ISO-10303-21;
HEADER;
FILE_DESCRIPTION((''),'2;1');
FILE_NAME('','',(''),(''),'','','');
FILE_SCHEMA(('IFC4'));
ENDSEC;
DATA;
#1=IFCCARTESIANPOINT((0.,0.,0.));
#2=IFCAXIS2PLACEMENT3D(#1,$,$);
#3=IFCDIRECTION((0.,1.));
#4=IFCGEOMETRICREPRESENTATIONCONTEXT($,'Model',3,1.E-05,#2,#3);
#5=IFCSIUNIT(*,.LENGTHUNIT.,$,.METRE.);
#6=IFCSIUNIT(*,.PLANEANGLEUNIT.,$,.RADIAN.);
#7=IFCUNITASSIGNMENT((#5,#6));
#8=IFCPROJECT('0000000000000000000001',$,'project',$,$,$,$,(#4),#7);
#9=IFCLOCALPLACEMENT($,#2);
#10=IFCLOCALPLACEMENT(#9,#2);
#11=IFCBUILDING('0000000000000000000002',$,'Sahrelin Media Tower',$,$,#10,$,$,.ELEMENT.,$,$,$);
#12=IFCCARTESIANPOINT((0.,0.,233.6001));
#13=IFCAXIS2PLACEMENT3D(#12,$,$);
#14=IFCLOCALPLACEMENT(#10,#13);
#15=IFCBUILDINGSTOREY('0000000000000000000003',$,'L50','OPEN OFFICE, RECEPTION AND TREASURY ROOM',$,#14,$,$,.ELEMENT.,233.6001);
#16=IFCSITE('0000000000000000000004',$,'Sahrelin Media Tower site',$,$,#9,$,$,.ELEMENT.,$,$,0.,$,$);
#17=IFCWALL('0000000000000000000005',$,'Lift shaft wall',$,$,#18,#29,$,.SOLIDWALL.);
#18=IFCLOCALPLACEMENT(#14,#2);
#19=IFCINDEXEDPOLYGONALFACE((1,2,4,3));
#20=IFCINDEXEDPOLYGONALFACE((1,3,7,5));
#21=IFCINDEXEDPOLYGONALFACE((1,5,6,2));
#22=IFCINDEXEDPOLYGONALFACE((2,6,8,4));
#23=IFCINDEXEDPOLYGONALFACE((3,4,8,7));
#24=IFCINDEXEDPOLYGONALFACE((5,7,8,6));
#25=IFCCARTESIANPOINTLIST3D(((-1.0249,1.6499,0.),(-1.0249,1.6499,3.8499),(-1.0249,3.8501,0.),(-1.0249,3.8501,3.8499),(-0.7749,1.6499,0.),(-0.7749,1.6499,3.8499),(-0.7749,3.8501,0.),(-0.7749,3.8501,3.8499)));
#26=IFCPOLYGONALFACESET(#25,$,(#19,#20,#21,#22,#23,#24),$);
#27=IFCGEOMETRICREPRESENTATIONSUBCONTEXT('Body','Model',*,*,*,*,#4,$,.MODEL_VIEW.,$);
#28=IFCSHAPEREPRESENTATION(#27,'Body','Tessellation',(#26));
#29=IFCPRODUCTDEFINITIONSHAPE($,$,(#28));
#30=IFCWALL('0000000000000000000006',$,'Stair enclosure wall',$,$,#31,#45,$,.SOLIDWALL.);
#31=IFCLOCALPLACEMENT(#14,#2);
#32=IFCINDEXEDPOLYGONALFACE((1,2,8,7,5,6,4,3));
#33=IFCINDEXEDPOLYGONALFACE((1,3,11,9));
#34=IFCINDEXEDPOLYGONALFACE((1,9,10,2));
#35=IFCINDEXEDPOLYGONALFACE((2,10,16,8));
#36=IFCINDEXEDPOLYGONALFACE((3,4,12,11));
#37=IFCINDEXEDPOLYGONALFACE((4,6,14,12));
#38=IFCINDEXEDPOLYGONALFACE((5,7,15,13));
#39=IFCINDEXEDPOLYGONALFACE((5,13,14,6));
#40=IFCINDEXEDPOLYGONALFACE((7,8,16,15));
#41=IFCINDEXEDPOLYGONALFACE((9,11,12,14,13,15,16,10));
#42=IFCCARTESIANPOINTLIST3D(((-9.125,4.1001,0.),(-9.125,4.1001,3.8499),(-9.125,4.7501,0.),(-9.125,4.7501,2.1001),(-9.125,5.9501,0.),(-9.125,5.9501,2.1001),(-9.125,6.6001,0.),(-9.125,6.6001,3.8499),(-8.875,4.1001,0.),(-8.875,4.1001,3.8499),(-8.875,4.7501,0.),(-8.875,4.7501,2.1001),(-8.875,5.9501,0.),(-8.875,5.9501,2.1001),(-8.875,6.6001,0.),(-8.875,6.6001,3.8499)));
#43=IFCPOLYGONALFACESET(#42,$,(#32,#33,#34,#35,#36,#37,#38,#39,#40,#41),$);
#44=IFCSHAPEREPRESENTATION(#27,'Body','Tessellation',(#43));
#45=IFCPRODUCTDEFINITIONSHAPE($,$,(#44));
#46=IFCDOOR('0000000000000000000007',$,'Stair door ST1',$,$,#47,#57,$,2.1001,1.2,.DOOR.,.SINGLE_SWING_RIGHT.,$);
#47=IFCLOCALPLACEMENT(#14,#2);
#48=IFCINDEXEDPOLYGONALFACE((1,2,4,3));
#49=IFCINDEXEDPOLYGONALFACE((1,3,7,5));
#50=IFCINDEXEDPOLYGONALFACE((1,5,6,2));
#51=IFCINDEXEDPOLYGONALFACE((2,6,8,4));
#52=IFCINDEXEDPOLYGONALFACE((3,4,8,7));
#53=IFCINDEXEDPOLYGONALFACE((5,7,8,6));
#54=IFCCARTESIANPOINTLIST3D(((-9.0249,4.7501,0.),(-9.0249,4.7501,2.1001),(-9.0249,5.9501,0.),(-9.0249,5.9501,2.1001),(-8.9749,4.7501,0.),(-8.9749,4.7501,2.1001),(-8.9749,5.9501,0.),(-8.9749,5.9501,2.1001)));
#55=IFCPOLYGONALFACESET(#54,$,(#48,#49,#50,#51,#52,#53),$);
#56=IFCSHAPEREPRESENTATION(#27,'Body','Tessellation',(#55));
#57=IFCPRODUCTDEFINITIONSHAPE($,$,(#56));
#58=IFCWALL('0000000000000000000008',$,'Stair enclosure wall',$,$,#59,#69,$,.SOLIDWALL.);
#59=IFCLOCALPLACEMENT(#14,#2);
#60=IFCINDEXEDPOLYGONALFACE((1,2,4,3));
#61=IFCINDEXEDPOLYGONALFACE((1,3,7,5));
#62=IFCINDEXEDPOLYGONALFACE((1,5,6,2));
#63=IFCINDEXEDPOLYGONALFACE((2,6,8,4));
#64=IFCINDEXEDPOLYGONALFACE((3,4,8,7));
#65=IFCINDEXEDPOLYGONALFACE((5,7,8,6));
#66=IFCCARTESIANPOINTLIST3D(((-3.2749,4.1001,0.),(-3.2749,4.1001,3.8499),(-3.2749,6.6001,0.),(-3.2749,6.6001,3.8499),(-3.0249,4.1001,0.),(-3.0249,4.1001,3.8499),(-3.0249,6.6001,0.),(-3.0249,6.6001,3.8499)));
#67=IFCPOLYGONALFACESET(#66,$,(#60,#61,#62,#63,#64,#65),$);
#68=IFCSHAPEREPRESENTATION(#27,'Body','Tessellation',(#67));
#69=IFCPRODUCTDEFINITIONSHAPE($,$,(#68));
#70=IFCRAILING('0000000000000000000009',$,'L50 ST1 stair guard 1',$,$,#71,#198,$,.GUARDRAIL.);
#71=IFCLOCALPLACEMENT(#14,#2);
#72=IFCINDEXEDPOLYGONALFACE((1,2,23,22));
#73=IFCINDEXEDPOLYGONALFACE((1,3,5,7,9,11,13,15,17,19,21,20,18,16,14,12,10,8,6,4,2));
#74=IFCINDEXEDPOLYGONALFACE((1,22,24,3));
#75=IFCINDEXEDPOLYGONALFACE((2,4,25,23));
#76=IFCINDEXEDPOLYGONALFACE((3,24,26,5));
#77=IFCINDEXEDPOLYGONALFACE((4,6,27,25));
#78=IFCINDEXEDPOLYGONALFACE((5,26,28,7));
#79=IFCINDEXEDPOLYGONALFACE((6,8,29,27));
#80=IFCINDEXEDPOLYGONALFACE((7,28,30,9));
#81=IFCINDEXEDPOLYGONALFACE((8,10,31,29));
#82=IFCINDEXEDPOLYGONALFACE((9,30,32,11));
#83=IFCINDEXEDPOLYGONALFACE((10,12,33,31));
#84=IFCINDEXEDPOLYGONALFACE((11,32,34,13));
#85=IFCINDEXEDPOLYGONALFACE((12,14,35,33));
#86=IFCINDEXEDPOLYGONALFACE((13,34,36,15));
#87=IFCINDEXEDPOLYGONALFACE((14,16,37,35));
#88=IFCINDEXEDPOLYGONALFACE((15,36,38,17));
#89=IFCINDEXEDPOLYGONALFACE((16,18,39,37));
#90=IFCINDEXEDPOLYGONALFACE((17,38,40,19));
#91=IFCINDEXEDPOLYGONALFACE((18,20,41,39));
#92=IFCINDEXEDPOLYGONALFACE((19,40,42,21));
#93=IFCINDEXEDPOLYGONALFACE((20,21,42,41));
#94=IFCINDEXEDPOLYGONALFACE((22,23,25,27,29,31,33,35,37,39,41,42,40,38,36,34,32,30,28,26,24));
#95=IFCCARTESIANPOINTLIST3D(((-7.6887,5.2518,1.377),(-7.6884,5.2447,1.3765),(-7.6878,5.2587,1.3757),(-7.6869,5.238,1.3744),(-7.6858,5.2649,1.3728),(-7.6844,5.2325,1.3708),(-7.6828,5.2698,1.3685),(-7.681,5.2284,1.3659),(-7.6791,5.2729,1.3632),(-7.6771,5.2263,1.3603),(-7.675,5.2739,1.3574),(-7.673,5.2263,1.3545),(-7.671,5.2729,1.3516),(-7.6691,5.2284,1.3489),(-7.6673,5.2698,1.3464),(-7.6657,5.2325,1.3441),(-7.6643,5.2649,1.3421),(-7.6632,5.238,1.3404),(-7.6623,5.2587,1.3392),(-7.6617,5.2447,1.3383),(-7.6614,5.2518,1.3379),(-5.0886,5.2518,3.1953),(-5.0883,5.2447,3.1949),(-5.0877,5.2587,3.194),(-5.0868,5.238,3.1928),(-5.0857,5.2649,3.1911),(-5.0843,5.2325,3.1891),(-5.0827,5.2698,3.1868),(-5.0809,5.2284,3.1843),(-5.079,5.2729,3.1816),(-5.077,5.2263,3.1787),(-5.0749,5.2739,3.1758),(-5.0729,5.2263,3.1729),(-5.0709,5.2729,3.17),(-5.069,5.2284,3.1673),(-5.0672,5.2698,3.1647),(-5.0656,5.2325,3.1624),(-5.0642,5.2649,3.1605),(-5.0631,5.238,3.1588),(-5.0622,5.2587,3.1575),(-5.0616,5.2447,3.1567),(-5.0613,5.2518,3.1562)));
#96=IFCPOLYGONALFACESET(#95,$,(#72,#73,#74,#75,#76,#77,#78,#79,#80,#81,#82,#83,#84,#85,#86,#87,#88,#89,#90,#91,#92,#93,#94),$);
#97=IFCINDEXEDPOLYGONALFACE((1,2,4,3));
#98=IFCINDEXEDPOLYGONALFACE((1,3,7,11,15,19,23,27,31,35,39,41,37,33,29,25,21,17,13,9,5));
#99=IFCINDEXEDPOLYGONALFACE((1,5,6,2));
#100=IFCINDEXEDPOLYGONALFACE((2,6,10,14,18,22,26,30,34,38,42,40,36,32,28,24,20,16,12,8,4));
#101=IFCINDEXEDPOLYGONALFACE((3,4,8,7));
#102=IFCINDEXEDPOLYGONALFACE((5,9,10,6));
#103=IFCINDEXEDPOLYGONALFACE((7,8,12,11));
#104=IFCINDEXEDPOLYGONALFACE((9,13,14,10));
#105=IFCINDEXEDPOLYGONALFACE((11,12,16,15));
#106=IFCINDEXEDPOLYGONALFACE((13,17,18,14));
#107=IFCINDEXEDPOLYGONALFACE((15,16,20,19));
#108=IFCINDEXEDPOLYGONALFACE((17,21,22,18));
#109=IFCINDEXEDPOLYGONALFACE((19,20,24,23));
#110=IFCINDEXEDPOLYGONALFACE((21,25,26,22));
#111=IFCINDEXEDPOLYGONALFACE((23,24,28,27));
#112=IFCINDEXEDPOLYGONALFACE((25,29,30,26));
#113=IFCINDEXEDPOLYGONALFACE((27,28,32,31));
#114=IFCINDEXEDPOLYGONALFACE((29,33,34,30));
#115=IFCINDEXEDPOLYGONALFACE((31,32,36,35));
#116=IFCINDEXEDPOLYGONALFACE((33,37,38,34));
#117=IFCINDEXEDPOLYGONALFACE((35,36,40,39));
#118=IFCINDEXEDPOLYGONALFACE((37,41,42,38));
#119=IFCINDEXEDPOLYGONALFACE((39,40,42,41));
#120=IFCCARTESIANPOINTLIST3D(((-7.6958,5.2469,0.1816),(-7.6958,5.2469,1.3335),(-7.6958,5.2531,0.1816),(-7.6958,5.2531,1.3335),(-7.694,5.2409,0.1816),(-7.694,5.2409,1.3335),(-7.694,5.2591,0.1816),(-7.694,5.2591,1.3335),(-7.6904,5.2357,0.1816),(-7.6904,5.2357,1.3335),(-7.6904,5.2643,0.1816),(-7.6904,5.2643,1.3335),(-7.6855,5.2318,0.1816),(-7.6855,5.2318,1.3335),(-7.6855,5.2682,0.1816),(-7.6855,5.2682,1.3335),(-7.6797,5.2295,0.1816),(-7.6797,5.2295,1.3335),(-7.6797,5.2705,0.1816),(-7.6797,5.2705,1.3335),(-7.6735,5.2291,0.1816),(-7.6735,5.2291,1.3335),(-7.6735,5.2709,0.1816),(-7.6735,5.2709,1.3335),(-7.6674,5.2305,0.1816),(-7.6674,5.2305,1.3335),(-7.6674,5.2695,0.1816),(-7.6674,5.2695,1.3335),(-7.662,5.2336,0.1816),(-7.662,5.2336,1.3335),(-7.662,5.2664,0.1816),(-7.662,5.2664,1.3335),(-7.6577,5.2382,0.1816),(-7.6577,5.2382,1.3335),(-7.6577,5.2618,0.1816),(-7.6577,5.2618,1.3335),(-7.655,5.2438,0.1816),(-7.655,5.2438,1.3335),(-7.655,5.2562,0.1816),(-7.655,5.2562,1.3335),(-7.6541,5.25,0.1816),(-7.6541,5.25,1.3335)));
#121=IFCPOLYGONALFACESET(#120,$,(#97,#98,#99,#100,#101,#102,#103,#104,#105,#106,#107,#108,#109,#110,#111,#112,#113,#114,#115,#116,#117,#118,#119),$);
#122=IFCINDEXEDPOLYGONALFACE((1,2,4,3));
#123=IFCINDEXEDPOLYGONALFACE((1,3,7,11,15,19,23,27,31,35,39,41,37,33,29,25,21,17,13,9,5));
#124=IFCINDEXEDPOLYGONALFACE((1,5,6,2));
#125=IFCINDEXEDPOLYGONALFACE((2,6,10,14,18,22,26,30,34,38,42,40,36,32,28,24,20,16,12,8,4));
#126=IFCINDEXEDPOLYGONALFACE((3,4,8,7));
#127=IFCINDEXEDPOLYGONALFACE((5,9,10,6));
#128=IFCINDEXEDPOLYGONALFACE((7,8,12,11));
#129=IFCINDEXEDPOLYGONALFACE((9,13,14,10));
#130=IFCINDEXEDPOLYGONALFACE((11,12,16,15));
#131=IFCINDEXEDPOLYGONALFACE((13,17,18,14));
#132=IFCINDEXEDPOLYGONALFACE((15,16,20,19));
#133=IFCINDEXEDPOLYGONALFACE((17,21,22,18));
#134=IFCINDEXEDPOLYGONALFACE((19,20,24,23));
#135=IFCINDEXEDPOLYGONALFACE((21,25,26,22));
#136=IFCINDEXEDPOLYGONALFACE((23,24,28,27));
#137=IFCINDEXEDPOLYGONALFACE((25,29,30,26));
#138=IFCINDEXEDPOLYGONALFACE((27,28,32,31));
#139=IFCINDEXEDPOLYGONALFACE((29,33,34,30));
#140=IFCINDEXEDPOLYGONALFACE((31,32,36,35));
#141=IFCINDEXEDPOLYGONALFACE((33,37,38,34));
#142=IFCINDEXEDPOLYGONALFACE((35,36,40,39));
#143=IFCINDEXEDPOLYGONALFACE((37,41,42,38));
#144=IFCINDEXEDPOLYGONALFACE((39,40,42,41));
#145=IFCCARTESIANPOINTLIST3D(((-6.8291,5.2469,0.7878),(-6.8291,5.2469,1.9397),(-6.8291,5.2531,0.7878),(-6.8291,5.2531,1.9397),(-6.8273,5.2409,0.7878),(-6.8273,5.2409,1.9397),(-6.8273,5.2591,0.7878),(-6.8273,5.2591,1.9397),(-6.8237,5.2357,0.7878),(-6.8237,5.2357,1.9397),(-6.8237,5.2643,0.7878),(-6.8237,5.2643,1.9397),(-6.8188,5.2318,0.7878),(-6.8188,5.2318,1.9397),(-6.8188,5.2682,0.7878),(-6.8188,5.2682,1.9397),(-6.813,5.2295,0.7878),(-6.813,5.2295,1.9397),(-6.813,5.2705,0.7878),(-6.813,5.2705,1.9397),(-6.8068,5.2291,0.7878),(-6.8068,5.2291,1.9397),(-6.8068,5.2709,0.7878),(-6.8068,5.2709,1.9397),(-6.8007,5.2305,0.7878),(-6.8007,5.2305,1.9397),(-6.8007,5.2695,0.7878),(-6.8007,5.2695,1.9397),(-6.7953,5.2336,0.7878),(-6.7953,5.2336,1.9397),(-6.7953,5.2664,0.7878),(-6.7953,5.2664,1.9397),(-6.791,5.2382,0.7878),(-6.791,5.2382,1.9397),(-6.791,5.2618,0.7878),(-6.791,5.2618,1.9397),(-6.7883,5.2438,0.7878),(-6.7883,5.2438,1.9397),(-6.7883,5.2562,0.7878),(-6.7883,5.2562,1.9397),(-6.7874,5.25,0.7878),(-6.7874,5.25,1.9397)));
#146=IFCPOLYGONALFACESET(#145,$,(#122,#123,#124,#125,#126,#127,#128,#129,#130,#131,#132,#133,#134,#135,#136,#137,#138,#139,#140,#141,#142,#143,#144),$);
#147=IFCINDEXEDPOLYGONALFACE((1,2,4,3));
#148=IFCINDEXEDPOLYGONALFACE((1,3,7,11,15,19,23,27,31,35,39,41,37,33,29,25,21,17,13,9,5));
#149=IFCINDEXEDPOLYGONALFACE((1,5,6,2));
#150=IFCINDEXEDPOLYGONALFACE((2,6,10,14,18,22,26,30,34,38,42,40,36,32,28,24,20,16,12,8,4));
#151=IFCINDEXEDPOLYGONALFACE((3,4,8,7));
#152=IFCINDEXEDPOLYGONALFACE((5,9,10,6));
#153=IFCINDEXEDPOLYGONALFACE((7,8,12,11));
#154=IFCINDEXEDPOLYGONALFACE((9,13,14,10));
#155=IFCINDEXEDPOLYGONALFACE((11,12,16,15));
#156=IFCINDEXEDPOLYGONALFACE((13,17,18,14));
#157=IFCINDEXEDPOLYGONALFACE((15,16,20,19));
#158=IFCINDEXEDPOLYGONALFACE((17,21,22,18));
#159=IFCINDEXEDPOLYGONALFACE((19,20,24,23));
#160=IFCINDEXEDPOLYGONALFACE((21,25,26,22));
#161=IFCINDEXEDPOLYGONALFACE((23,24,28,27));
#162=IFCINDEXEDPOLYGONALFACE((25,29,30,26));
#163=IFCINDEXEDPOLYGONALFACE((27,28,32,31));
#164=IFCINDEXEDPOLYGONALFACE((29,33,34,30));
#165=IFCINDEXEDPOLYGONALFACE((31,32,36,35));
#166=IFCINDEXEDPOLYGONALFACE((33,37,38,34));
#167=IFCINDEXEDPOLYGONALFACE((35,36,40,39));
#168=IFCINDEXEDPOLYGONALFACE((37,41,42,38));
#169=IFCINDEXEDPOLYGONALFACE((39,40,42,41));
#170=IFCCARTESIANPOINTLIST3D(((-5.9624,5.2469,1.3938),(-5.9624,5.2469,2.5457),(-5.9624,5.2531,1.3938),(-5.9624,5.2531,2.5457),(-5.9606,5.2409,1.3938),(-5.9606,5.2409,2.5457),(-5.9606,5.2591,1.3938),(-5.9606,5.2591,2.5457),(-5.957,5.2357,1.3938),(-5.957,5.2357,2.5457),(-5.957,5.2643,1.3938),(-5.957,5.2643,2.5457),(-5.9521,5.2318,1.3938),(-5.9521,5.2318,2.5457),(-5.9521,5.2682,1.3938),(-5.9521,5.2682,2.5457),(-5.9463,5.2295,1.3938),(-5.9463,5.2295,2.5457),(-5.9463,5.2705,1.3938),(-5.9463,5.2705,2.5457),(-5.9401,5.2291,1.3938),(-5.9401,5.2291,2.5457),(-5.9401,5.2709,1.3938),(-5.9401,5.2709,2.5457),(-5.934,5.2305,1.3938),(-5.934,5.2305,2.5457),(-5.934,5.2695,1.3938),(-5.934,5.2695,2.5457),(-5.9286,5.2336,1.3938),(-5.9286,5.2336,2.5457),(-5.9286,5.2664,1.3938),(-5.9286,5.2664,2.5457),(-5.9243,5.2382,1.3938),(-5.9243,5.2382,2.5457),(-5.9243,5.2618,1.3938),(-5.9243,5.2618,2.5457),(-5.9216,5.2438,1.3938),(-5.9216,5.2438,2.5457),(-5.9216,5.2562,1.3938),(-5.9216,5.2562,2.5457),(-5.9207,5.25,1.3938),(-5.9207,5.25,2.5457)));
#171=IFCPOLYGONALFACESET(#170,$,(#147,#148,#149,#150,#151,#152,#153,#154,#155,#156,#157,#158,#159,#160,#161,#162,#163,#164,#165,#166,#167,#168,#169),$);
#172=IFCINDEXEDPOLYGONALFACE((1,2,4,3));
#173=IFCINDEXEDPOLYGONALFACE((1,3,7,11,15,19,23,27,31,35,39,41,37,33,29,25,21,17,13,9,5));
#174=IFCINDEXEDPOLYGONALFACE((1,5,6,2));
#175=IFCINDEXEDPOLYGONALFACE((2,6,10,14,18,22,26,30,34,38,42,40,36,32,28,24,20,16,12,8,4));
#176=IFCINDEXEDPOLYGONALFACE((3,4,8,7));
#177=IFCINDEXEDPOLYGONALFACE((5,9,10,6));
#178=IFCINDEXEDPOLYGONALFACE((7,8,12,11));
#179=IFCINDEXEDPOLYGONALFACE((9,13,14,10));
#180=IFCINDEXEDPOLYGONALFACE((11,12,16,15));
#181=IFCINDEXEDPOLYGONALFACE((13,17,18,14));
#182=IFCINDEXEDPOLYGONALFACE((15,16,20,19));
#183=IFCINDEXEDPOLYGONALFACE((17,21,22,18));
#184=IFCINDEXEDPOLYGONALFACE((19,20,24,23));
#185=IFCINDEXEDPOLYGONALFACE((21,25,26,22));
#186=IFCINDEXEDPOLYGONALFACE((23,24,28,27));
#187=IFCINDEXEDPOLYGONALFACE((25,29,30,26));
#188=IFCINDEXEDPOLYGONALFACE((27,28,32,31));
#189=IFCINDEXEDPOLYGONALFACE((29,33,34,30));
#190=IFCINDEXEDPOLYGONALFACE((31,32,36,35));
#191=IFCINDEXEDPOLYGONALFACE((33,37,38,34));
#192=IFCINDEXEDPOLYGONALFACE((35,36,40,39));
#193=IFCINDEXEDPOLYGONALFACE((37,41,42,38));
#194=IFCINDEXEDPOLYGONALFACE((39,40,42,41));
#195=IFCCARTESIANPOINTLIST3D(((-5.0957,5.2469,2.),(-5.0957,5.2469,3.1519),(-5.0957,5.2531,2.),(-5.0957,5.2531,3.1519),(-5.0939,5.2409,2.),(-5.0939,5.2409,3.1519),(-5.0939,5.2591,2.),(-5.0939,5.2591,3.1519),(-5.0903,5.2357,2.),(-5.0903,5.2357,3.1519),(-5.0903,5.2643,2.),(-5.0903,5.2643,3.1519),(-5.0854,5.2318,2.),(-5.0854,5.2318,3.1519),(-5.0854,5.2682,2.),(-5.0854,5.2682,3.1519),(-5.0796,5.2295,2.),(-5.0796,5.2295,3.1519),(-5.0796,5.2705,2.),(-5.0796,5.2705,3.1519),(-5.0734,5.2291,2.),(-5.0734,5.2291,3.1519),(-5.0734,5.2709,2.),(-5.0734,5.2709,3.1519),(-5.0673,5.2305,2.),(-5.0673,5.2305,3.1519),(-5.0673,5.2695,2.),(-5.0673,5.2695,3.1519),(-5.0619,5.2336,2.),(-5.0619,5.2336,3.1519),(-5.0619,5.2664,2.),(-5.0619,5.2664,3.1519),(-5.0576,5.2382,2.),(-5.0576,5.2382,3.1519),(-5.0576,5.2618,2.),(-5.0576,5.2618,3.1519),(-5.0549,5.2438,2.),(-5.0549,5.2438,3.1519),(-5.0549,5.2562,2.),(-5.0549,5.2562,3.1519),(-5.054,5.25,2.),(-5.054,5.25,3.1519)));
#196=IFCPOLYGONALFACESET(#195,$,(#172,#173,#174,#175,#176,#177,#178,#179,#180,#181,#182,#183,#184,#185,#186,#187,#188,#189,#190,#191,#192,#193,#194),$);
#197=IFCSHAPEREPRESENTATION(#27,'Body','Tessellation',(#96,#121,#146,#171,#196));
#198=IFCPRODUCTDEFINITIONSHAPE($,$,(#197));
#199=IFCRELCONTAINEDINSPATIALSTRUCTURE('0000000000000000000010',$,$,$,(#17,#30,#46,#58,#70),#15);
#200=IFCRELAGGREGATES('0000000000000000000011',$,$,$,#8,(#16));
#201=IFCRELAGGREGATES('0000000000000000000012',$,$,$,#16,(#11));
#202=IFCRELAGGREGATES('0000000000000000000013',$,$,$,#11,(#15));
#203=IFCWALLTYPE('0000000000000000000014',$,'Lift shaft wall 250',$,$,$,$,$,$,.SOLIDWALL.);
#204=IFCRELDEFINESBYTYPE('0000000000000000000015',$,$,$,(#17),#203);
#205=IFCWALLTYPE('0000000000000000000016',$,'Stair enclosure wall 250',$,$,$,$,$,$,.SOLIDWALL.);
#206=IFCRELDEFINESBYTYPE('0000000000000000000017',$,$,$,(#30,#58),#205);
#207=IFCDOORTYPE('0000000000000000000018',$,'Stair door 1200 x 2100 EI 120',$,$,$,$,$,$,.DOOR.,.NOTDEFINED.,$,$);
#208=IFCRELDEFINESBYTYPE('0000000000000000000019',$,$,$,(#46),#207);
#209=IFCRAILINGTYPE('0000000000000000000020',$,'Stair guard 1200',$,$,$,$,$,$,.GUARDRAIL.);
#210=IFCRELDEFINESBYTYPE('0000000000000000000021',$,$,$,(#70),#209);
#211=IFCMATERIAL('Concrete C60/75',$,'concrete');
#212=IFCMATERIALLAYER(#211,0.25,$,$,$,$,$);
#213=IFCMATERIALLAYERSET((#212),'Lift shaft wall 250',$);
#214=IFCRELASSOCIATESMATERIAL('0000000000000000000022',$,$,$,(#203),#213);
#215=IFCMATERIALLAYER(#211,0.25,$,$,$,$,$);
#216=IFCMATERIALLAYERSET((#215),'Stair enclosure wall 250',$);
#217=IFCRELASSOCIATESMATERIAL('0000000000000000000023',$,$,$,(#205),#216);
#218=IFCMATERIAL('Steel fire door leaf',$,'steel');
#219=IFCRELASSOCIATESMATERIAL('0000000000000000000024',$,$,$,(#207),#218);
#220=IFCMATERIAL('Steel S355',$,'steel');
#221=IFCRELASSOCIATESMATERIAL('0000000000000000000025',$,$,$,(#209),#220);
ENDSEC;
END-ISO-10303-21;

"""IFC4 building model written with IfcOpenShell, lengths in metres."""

from ifc_helpers import new_model, si_unit, direction, frame, frame_2d, origin, origin_2d, place, context, subcontext, project, spatial, rectangle, circle, extrude, material, layer, layer_set, type_object, element, fill, save


model = new_model("IFC4")

# Units and contexts
model_context = context("Model", 3, precision=1e-05, world=origin(), true_north=direction((0.0, 1.0)))
body_context = subcontext(model_context, "Body", "Model", "MODEL_VIEW")
ifc_project = project(units=[si_unit("LENGTHUNIT", "METRE"), si_unit("PLANEANGLEUNIT", "RADIAN")], contexts=[model_context])

# Site, building, storey
site_placement = place(None, origin())
site = spatial("IfcSite", under=ifc_project, at=site_placement, Name="Sahrelin Media Tower site", CompositionType="ELEMENT", RefElevation=0.0)
building_placement = place(site_placement, origin())
building = spatial("IfcBuilding", under=site, at=building_placement, Name="Sahrelin Media Tower", CompositionType="ELEMENT")
storey_placement = place(building_placement, frame((0.0, 0.0, 233.6001)))
storey = spatial("IfcBuildingStorey", under=building, at=storey_placement, Name="L50", Description="OPEN OFFICE, RECEPTION AND TREASURY ROOM", CompositionType="ELEMENT", Elevation=233.6001)

# Shared definitions
ifc_material_1 = material(Name="Steel S355", Category="steel")

# Shared definitions
ifc_material_2 = material(Name="Concrete C60/75", Category="concrete")

# Shared definitions
ifc_material_3 = material(Name="Steel fire door leaf", Category="steel")

# Shared definitions
ifc_layer_1 = layer(ifc_material_2, 0.25)
ifc_layer_set_1 = layer_set([ifc_layer_1], Name="Lift shaft wall 250")
wall_type_1 = type_object("IfcWallType", Name="Lift shaft wall 250", PredefinedType="SOLIDWALL", material=ifc_layer_set_1)

# Wall
for number, where, z_axis, x_axis, name in (
    (1, (-0.8999, 1.6499, 0.0), (0.0, 0.0, 1.0), (0.0, 1.0, 0.0), "Lift shaft wall"),
):
    element("IfcWall", number, at=place(storey_placement, frame(where, z_axis=z_axis, x_axis=x_axis)), inside=storey, type_object=wall_type_1, Name=name, PredefinedType="SOLIDWALL", context=body_context, shape_type="SweptSolid", body=[
        extrude(rectangle(XDim=2.2002, YDim=0.25, at=frame_2d((1.1001, 0.0))), origin(), (0.0, 0.0, 1.0), 3.8499),
    ])

# Wall, opening, door
ifc_layer_2 = layer(ifc_material_2, 0.25)
ifc_layer_set_2 = layer_set([ifc_layer_2], Name="Stair enclosure wall 250")
wall_type_2 = type_object("IfcWallType", Name="Stair enclosure wall 250", PredefinedType="SOLIDWALL", material=ifc_layer_set_2)
wall_1_placement = place(storey_placement, frame((-9.0, 4.1001, 0.0), z_axis=(0.0, 0.0, 1.0), x_axis=(0.0, 1.0, 0.0)))
wall_1 = element("IfcWall", 2, at=wall_1_placement, inside=storey, type_object=wall_type_2, Name="Stair enclosure wall", PredefinedType="SOLIDWALL", context=body_context, shape_type="SweptSolid", body=[
    extrude(rectangle(XDim=2.5, YDim=0.25, at=frame_2d((1.25, 0.0))), origin(), (0.0, 0.0, 1.0), 3.8499),
])
opening_1_placement = place(wall_1_placement, frame((0.6499, 0.0, 0.0)))
opening_1 = element("IfcOpeningElement", 3, at=opening_1_placement, cuts=wall_1, PredefinedType="OPENING", context=body_context, shape_type="SweptSolid", body=[
    extrude(rectangle(XDim=1.2, YDim=2.1001, at=frame_2d((0.6001, 1.05))), frame((0.0, 0.125, 0.0), z_axis=(0.0, -1.0, 0.0), x_axis=(1.0, 0.0, 0.0)), (0.0, 0.0, 1.0), 0.25),
])
door_type_1 = type_object("IfcDoorType", Name="Stair door 1200 x 2100 EI 120", OperationType="NOTDEFINED", PredefinedType="DOOR", material=ifc_material_3)
door_1_placement = place(opening_1_placement, origin())
door_1 = element("IfcDoor", 4, at=door_1_placement, inside=storey, type_object=door_type_1, Name="Stair door ST1", OperationType="SINGLE_SWING_RIGHT", OverallHeight=2.1001, OverallWidth=1.2, PredefinedType="DOOR", context=body_context, shape_type="SweptSolid", body=[
    extrude(rectangle(XDim=1.2, YDim=2.1001, at=frame_2d((0.6001, 1.05))), frame((0.0, 0.0249, 0.0), z_axis=(0.0, -1.0, 0.0), x_axis=(1.0, 0.0, 0.0)), (0.0, 0.0, 1.0), 0.05),
])
fill(opening_1, door_1)

# Wall
wall_2_placement = place(storey_placement, frame((-3.1499, 4.1001, 0.0), z_axis=(0.0, 0.0, 1.0), x_axis=(0.0, 1.0, 0.0)))
element("IfcWall", 5, at=wall_2_placement, inside=storey, type_object=wall_type_2, Name="Stair enclosure wall", PredefinedType="SOLIDWALL", context=body_context, shape_type="SweptSolid", body=[
    extrude(rectangle(XDim=2.5, YDim=0.25, at=frame_2d((1.25, 0.0))), origin(), (0.0, 0.0, 1.0), 3.8499),
])

# Railing
railing_type_1 = type_object("IfcRailingType", Name="Stair guard 1200", PredefinedType="GUARDRAIL", material=ifc_material_1)
railing_1_placement = place(storey_placement, frame((-7.675, 5.25, 0.1816)))
element("IfcRailing", 6, at=railing_1_placement, inside=storey, type_object=railing_type_1, Name="L50 ST1 stair guard 1", PredefinedType="GUARDRAIL", context=body_context, shape_type="SweptSolid", body=[
    extrude(circle(Radius=0.0239, at=origin_2d()), frame((0.0, 0.0, 1.1758), z_axis=(0.819485, 0.0, 0.573101), x_axis=(0.0, 1.0, 0.0)), (0.0, 0.0, 1.0), 3.1729),
    extrude(circle(Radius=0.021, at=origin_2d()), origin(), (0.0, 0.0, 1.0), 1.1519),
    extrude(circle(Radius=0.021, at=origin_2d()), frame((0.8667, 0.0, 0.6062)), (0.0, 0.0, 1.0), 1.1519),
    extrude(circle(Radius=0.021, at=origin_2d()), frame((1.7334, 0.0, 1.2122)), (0.0, 0.0, 1.0), 1.1519),
    extrude(circle(Radius=0.021, at=origin_2d()), frame((2.6001, 0.0, 1.8184)), (0.0, 0.0, 1.0), 1.1519),
])

save(model, "model.ifc")
